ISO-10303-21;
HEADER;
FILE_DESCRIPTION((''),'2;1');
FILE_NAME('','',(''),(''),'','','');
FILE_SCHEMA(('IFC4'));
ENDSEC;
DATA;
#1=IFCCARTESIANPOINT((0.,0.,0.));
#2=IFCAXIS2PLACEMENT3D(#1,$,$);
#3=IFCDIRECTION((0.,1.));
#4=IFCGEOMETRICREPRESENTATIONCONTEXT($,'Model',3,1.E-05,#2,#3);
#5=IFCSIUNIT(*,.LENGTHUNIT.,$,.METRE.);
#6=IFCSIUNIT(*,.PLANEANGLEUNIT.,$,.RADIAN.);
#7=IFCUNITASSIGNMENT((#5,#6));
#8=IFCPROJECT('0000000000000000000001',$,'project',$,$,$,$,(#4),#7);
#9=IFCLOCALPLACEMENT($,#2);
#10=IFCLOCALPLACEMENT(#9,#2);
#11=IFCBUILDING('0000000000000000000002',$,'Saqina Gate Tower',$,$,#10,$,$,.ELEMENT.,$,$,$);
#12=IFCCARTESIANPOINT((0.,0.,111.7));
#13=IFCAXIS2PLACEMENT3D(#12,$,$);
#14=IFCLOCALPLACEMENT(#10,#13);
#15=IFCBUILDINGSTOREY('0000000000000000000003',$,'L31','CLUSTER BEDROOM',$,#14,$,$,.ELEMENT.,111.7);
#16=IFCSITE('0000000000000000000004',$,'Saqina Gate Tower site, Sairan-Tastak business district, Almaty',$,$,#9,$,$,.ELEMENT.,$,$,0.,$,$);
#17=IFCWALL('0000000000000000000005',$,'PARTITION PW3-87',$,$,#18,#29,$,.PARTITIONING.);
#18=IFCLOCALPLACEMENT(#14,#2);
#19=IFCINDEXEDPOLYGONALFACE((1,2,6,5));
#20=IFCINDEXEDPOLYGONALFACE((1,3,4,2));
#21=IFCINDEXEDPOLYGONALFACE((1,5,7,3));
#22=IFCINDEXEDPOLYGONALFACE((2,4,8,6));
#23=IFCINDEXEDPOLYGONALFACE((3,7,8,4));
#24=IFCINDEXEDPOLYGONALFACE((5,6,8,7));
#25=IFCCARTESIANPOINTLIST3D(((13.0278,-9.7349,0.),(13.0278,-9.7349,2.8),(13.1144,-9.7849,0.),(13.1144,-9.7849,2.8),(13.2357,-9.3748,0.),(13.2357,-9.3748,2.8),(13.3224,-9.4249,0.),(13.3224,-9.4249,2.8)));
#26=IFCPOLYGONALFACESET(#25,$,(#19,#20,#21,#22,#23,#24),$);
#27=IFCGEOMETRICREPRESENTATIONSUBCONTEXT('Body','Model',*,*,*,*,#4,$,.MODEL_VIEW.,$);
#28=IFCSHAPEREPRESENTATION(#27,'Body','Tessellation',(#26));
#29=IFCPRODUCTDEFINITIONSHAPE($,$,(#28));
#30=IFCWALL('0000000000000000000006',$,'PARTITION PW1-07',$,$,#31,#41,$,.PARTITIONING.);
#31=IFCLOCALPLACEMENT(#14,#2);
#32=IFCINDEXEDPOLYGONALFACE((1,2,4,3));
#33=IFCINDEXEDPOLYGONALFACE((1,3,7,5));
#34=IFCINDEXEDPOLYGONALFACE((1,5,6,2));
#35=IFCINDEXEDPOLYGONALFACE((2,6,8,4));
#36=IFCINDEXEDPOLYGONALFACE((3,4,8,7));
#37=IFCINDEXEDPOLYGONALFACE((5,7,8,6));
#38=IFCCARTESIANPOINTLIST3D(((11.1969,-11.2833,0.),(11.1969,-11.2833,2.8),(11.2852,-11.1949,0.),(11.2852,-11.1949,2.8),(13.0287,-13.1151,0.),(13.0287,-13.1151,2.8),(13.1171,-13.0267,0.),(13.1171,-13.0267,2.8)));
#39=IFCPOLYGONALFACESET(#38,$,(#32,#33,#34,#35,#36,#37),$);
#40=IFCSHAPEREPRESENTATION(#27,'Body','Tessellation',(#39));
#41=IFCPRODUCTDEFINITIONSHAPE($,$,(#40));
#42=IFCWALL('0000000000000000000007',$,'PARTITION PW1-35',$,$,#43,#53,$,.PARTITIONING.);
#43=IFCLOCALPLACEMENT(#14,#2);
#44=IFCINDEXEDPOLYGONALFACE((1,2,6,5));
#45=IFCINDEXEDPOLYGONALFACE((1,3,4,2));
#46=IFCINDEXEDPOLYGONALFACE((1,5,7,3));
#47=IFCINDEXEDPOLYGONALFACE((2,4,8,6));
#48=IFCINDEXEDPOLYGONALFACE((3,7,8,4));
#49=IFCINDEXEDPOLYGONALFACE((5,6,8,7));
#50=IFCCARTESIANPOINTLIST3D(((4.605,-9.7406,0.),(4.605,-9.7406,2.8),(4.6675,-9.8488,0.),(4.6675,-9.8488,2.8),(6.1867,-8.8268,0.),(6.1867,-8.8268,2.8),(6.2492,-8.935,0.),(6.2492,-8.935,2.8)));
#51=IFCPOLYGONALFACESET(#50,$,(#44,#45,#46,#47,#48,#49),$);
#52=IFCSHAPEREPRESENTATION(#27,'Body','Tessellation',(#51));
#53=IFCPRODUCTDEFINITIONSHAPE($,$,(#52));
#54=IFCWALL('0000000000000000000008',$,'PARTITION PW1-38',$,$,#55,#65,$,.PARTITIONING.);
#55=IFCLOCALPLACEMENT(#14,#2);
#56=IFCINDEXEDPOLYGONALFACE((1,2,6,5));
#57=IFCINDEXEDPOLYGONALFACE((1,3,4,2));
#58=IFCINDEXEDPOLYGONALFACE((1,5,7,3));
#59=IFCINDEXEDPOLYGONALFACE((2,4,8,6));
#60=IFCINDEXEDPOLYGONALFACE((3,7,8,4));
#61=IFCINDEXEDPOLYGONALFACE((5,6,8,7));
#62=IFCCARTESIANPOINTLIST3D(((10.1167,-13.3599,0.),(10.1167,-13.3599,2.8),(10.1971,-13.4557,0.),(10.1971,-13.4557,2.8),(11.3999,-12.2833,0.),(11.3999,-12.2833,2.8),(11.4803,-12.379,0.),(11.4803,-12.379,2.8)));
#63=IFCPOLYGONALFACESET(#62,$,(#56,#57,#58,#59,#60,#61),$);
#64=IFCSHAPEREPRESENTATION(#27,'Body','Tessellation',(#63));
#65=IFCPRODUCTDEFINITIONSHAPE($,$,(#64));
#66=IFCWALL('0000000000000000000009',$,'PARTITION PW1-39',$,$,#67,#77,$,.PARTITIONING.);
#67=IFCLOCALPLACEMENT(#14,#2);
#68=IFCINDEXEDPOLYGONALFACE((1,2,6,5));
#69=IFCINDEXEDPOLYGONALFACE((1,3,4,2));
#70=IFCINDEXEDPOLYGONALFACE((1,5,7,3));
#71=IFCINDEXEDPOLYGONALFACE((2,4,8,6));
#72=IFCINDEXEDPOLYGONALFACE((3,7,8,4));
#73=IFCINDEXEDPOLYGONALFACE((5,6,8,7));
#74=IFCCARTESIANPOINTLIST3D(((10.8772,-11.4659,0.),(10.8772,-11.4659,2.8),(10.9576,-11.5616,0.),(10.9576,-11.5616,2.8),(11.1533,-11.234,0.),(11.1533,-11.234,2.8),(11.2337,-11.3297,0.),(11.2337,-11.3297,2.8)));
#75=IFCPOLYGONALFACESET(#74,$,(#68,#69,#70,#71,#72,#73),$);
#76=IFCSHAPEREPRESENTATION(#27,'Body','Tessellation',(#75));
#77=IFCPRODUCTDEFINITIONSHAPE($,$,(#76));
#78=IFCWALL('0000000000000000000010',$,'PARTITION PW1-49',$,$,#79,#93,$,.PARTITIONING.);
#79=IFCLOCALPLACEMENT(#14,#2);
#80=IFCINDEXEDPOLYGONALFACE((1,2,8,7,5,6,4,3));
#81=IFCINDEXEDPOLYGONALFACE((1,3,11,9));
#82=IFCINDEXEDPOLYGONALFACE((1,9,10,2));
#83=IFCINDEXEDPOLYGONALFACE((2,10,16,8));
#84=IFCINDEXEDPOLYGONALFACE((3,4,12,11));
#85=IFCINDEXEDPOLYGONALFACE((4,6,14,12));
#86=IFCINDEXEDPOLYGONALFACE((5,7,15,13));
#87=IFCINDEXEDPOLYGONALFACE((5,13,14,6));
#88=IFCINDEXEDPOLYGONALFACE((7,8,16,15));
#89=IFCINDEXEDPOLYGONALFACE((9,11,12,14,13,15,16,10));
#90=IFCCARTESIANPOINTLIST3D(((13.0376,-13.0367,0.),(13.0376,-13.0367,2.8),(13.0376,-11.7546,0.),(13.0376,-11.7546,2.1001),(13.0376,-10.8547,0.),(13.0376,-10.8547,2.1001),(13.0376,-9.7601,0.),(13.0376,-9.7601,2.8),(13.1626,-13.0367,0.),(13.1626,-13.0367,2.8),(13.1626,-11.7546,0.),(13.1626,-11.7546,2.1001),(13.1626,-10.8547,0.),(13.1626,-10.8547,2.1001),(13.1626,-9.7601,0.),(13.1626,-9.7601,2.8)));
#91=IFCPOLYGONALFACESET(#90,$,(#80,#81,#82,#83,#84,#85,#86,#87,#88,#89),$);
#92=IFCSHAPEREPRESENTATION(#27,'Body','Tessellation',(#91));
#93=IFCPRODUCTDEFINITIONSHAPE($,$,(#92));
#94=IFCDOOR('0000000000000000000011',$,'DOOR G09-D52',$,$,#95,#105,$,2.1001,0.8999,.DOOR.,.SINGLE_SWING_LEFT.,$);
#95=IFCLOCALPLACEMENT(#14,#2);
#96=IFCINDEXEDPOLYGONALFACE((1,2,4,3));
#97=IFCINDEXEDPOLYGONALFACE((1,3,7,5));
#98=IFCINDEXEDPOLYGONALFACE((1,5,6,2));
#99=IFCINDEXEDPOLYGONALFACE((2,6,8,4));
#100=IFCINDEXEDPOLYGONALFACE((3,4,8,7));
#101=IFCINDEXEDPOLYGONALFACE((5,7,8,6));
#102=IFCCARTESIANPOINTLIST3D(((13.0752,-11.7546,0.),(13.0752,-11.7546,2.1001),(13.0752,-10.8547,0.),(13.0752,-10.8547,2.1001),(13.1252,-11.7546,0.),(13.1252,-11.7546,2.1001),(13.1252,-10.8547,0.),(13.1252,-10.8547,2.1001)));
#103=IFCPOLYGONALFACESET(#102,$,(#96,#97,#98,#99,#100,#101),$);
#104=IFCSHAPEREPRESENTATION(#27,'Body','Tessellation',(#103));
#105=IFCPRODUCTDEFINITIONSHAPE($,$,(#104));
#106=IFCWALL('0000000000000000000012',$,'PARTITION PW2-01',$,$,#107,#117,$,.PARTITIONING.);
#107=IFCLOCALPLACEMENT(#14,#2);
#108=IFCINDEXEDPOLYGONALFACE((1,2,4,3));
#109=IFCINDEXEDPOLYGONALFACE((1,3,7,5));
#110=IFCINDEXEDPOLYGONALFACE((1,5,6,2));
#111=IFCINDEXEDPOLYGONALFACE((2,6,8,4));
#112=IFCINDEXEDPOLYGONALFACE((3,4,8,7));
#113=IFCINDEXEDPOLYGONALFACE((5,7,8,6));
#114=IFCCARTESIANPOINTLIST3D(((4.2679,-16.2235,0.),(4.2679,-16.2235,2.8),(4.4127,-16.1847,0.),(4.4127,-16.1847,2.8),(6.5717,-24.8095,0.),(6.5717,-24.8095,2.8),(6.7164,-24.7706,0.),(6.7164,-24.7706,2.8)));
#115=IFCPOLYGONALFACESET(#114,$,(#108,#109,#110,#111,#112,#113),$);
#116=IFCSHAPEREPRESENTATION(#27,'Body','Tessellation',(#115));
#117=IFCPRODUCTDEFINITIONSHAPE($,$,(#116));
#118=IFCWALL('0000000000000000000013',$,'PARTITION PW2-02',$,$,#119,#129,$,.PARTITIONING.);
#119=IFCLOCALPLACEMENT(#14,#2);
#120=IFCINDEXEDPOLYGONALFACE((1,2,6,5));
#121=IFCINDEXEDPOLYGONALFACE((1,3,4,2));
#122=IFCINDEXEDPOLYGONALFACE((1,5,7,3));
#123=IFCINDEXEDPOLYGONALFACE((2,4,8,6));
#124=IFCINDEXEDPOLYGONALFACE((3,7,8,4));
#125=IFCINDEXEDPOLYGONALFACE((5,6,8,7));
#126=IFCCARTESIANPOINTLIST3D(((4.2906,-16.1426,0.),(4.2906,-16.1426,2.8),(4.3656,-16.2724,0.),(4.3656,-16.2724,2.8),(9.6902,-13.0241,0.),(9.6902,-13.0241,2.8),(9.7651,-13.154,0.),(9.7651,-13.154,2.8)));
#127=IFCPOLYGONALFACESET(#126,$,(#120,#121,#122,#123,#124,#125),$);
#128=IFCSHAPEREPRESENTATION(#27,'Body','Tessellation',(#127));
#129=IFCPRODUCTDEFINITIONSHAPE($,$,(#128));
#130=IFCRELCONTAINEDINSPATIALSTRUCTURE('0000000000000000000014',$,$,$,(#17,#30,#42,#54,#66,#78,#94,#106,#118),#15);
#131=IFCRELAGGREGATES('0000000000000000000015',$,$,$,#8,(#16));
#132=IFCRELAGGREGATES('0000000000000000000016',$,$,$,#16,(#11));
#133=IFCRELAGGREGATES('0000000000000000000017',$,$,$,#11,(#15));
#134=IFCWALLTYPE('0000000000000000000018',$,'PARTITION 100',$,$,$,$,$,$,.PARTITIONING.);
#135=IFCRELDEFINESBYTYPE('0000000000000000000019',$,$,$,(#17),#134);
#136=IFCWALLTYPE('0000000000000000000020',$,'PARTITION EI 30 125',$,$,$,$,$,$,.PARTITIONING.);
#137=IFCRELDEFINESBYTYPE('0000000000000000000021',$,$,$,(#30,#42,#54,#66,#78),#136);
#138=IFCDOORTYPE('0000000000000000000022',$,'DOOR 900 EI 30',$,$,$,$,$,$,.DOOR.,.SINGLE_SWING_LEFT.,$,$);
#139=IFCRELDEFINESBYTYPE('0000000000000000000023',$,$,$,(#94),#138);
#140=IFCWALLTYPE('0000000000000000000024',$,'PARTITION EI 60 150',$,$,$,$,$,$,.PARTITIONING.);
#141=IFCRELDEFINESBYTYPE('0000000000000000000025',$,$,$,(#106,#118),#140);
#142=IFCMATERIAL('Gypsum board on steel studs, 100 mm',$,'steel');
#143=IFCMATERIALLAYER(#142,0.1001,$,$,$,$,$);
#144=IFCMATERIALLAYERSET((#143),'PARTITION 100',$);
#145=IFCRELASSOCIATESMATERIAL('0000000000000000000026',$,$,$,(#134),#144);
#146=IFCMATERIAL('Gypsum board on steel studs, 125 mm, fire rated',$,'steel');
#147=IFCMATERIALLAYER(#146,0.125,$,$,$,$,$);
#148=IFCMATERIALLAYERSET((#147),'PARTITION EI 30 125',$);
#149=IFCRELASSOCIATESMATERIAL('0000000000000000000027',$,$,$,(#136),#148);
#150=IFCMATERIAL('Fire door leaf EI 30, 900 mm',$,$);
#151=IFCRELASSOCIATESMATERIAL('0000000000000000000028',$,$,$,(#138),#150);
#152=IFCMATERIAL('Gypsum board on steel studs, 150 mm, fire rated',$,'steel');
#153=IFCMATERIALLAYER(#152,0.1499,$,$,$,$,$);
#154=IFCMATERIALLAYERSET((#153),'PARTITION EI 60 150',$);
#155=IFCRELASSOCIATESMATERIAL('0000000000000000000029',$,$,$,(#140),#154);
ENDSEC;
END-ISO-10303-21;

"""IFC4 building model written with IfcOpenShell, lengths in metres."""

from ifc_helpers import new_model, si_unit, direction, frame, frame_2d, origin, place, context, subcontext, project, spatial, rectangle, extrude, material, layer, layer_set, type_object, element, fill, save


model = new_model("IFC4")

# Units and contexts
model_context = context("Model", 3, precision=1e-05, world=origin(), true_north=direction((0.0, 1.0)))
body_context = subcontext(model_context, "Body", "Model", "MODEL_VIEW")
ifc_project = project(units=[si_unit("LENGTHUNIT", "METRE"), si_unit("PLANEANGLEUNIT", "RADIAN")], contexts=[model_context])

# Site, building, storey
site_placement = place(None, origin())
site = spatial("IfcSite", under=ifc_project, at=site_placement, Name="Saqina Gate Tower site, Sairan-Tastak business district, Almaty", CompositionType="ELEMENT", RefElevation=0.0)
building_placement = place(site_placement, origin())
building = spatial("IfcBuilding", under=site, at=building_placement, Name="Saqina Gate Tower", CompositionType="ELEMENT")
storey_placement = place(building_placement, frame((0.0, 0.0, 111.7)))
storey = spatial("IfcBuildingStorey", under=building, at=storey_placement, Name="L31", Description="CLUSTER BEDROOM", CompositionType="ELEMENT", Elevation=111.7)

# Shared definitions
ifc_material_1 = material(Name="Gypsum board on steel studs, 100 mm", Category="steel")
ifc_layer_1 = layer(ifc_material_1, 0.1001)
ifc_layer_set_1 = layer_set([ifc_layer_1], Name="PARTITION 100")
wall_type_1 = type_object("IfcWallType", Name="PARTITION 100", PredefinedType="PARTITIONING", material=ifc_layer_set_1)

# Walls
wall_1_placement = place(storey_placement, frame((13.071, -9.76, 0.0), z_axis=(0.0, 0.0, 1.0), x_axis=(0.50018, 0.865922, 0.0)))
element("IfcWall", 1, at=wall_1_placement, inside=storey, type_object=wall_type_1, Name="PARTITION PW3-87", PredefinedType="PARTITIONING", context=body_context, shape_type="SweptSolid", body=[
    extrude(rectangle(XDim=0.4158, YDim=0.1001, at=frame_2d((0.208, 0.0))), origin(), (0.0, 0.0, 1.0), 2.8),
])
ifc_material_2 = material(Name="Gypsum board on steel studs, 125 mm, fire rated", Category="steel")
ifc_layer_2 = layer(ifc_material_2, 0.125)
ifc_layer_set_2 = layer_set([ifc_layer_2], Name="PARTITION EI 30 125")
wall_type_2 = type_object("IfcWallType", Name="PARTITION EI 30 125", PredefinedType="PARTITIONING", material=ifc_layer_set_2)
wall_2_placement = place(storey_placement, frame((11.241, -11.239, 0.0), z_axis=(0.0, 0.0, 1.0), x_axis=(0.707107, -0.707107, 0.0)))
element("IfcWall", 2, at=wall_2_placement, inside=storey, type_object=wall_type_2, Name="PARTITION PW1-07", PredefinedType="PARTITIONING", context=body_context, shape_type="SweptSolid", body=[
    extrude(rectangle(XDim=2.5906, YDim=0.125, at=frame_2d((1.2954, 0.0))), origin(), (0.0, 0.0, 1.0), 2.8),
])
wall_3_placement = place(storey_placement, frame((4.6362, -9.7947, 0.0), z_axis=(0.0, 0.0, 1.0), x_axis=(0.86589, 0.500235, 0.0)))
element("IfcWall", 3, at=wall_3_placement, inside=storey, type_object=wall_type_2, Name="PARTITION PW1-35", PredefinedType="PARTITIONING", context=body_context, shape_type="SweptSolid", body=[
    extrude(rectangle(XDim=1.8267, YDim=0.125, at=frame_2d((0.9133, 0.0))), origin(), (0.0, 0.0, 1.0), 2.8),
])
wall_4_placement = place(storey_placement, frame((10.157, -13.4077, 0.0), z_axis=(0.0, 0.0, 1.0), x_axis=(0.766067, 0.642761, 0.0)))
element("IfcWall", 4, at=wall_4_placement, inside=storey, type_object=wall_type_2, Name="PARTITION PW1-38", PredefinedType="PARTITIONING", context=body_context, shape_type="SweptSolid", body=[
    extrude(rectangle(XDim=1.675, YDim=0.125, at=frame_2d((0.8374, 0.0))), origin(), (0.0, 0.0, 1.0), 2.8),
])
wall_5_placement = place(storey_placement, frame((10.9175, -11.5137, 0.0), z_axis=(0.0, 0.0, 1.0), x_axis=(0.765718, 0.643176, 0.0)))
element("IfcWall", 5, at=wall_5_placement, inside=storey, type_object=wall_type_2, Name="PARTITION PW1-39", PredefinedType="PARTITIONING", context=body_context, shape_type="SweptSolid", body=[
    extrude(rectangle(XDim=0.3606, YDim=0.125, at=frame_2d((0.1802, 0.0))), origin(), (0.0, 0.0, 1.0), 2.8),
])

# Wall, opening, door
wall_6_placement = place(storey_placement, frame((13.1001, -13.0366, 0.0), z_axis=(0.0, 0.0, 1.0), x_axis=(0.0, 1.0, 0.0)))
wall_6 = element("IfcWall", 6, at=wall_6_placement, inside=storey, type_object=wall_type_2, Name="PARTITION PW1-49", PredefinedType="PARTITIONING", context=body_context, shape_type="SweptSolid", body=[
    extrude(rectangle(XDim=3.2766, YDim=0.125, at=frame_2d((1.6382, 0.0))), origin(), (0.0, 0.0, 1.0), 2.8),
])
opening_1_placement = place(wall_6_placement, frame((1.282, 0.0, 0.0)))
opening_1 = element("IfcOpeningElement", 7, at=opening_1_placement, cuts=wall_6, PredefinedType="OPENING", context=body_context, shape_type="SweptSolid", body=[
    extrude(rectangle(XDim=0.8999, YDim=2.1001, at=frame_2d((0.45, 1.05))), frame((0.0, 0.0745, 0.0), z_axis=(0.0, -1.0, 0.0), x_axis=(1.0, 0.0, 0.0)), (0.0, 0.0, 1.0), 0.1489),
])
ifc_material_3 = material(Name="Fire door leaf EI 30, 900 mm")
door_type_1 = type_object("IfcDoorType", Name="DOOR 900 EI 30", OperationType="SINGLE_SWING_LEFT", PredefinedType="DOOR", material=ifc_material_3)
door_1_placement = place(opening_1_placement, origin())
door_1 = element("IfcDoor", 8, at=door_1_placement, inside=storey, type_object=door_type_1, Name="DOOR G09-D52", OperationType="SINGLE_SWING_LEFT", OverallHeight=2.1001, OverallWidth=0.8999, PredefinedType="DOOR", context=body_context, shape_type="SweptSolid", body=[
    extrude(rectangle(XDim=0.8999, YDim=2.1001, at=frame_2d((0.45, 1.05))), frame((0.0, 0.0249, 0.0), z_axis=(0.0, -1.0, 0.0), x_axis=(1.0, 0.0, 0.0)), (0.0, 0.0, 1.0), 0.05),
])
fill(opening_1, door_1)

# Walls
ifc_material_4 = material(Name="Gypsum board on steel studs, 150 mm, fire rated", Category="steel")
ifc_layer_3 = layer(ifc_material_4, 0.1499)
ifc_layer_set_3 = layer_set([ifc_layer_3], Name="PARTITION EI 60 150")
wall_type_3 = type_object("IfcWallType", Name="PARTITION EI 60 150", PredefinedType="PARTITIONING", material=ifc_layer_set_3)
wall_7_placement = place(storey_placement, frame((4.3403, -16.2041, 0.0), z_axis=(0.0, 0.0, 1.0), x_axis=(0.259146, -0.965838, 0.0)))
element("IfcWall", 9, at=wall_7_placement, inside=storey, type_object=wall_type_3, Name="PARTITION PW2-01", PredefinedType="PARTITIONING", context=body_context, shape_type="SweptSolid", body=[
    extrude(rectangle(XDim=8.8896, YDim=0.1499, at=frame_2d((4.4448, 0.0))), origin(), (0.0, 0.0, 1.0), 2.8),
])
wall_8_placement = place(storey_placement, frame((4.3281, -16.2075, 0.0), z_axis=(0.0, 0.0, 1.0), x_axis=(0.865952, 0.500127, 0.0)))
element("IfcWall", 10, at=wall_8_placement, inside=storey, type_object=wall_type_3, Name="PARTITION PW2-02", PredefinedType="PARTITIONING", context=body_context, shape_type="SweptSolid", body=[
    extrude(rectangle(XDim=6.2354, YDim=0.1499, at=frame_2d((3.1177, 0.0))), origin(), (0.0, 0.0, 1.0), 2.8),
])

save(model, "model.ifc")
